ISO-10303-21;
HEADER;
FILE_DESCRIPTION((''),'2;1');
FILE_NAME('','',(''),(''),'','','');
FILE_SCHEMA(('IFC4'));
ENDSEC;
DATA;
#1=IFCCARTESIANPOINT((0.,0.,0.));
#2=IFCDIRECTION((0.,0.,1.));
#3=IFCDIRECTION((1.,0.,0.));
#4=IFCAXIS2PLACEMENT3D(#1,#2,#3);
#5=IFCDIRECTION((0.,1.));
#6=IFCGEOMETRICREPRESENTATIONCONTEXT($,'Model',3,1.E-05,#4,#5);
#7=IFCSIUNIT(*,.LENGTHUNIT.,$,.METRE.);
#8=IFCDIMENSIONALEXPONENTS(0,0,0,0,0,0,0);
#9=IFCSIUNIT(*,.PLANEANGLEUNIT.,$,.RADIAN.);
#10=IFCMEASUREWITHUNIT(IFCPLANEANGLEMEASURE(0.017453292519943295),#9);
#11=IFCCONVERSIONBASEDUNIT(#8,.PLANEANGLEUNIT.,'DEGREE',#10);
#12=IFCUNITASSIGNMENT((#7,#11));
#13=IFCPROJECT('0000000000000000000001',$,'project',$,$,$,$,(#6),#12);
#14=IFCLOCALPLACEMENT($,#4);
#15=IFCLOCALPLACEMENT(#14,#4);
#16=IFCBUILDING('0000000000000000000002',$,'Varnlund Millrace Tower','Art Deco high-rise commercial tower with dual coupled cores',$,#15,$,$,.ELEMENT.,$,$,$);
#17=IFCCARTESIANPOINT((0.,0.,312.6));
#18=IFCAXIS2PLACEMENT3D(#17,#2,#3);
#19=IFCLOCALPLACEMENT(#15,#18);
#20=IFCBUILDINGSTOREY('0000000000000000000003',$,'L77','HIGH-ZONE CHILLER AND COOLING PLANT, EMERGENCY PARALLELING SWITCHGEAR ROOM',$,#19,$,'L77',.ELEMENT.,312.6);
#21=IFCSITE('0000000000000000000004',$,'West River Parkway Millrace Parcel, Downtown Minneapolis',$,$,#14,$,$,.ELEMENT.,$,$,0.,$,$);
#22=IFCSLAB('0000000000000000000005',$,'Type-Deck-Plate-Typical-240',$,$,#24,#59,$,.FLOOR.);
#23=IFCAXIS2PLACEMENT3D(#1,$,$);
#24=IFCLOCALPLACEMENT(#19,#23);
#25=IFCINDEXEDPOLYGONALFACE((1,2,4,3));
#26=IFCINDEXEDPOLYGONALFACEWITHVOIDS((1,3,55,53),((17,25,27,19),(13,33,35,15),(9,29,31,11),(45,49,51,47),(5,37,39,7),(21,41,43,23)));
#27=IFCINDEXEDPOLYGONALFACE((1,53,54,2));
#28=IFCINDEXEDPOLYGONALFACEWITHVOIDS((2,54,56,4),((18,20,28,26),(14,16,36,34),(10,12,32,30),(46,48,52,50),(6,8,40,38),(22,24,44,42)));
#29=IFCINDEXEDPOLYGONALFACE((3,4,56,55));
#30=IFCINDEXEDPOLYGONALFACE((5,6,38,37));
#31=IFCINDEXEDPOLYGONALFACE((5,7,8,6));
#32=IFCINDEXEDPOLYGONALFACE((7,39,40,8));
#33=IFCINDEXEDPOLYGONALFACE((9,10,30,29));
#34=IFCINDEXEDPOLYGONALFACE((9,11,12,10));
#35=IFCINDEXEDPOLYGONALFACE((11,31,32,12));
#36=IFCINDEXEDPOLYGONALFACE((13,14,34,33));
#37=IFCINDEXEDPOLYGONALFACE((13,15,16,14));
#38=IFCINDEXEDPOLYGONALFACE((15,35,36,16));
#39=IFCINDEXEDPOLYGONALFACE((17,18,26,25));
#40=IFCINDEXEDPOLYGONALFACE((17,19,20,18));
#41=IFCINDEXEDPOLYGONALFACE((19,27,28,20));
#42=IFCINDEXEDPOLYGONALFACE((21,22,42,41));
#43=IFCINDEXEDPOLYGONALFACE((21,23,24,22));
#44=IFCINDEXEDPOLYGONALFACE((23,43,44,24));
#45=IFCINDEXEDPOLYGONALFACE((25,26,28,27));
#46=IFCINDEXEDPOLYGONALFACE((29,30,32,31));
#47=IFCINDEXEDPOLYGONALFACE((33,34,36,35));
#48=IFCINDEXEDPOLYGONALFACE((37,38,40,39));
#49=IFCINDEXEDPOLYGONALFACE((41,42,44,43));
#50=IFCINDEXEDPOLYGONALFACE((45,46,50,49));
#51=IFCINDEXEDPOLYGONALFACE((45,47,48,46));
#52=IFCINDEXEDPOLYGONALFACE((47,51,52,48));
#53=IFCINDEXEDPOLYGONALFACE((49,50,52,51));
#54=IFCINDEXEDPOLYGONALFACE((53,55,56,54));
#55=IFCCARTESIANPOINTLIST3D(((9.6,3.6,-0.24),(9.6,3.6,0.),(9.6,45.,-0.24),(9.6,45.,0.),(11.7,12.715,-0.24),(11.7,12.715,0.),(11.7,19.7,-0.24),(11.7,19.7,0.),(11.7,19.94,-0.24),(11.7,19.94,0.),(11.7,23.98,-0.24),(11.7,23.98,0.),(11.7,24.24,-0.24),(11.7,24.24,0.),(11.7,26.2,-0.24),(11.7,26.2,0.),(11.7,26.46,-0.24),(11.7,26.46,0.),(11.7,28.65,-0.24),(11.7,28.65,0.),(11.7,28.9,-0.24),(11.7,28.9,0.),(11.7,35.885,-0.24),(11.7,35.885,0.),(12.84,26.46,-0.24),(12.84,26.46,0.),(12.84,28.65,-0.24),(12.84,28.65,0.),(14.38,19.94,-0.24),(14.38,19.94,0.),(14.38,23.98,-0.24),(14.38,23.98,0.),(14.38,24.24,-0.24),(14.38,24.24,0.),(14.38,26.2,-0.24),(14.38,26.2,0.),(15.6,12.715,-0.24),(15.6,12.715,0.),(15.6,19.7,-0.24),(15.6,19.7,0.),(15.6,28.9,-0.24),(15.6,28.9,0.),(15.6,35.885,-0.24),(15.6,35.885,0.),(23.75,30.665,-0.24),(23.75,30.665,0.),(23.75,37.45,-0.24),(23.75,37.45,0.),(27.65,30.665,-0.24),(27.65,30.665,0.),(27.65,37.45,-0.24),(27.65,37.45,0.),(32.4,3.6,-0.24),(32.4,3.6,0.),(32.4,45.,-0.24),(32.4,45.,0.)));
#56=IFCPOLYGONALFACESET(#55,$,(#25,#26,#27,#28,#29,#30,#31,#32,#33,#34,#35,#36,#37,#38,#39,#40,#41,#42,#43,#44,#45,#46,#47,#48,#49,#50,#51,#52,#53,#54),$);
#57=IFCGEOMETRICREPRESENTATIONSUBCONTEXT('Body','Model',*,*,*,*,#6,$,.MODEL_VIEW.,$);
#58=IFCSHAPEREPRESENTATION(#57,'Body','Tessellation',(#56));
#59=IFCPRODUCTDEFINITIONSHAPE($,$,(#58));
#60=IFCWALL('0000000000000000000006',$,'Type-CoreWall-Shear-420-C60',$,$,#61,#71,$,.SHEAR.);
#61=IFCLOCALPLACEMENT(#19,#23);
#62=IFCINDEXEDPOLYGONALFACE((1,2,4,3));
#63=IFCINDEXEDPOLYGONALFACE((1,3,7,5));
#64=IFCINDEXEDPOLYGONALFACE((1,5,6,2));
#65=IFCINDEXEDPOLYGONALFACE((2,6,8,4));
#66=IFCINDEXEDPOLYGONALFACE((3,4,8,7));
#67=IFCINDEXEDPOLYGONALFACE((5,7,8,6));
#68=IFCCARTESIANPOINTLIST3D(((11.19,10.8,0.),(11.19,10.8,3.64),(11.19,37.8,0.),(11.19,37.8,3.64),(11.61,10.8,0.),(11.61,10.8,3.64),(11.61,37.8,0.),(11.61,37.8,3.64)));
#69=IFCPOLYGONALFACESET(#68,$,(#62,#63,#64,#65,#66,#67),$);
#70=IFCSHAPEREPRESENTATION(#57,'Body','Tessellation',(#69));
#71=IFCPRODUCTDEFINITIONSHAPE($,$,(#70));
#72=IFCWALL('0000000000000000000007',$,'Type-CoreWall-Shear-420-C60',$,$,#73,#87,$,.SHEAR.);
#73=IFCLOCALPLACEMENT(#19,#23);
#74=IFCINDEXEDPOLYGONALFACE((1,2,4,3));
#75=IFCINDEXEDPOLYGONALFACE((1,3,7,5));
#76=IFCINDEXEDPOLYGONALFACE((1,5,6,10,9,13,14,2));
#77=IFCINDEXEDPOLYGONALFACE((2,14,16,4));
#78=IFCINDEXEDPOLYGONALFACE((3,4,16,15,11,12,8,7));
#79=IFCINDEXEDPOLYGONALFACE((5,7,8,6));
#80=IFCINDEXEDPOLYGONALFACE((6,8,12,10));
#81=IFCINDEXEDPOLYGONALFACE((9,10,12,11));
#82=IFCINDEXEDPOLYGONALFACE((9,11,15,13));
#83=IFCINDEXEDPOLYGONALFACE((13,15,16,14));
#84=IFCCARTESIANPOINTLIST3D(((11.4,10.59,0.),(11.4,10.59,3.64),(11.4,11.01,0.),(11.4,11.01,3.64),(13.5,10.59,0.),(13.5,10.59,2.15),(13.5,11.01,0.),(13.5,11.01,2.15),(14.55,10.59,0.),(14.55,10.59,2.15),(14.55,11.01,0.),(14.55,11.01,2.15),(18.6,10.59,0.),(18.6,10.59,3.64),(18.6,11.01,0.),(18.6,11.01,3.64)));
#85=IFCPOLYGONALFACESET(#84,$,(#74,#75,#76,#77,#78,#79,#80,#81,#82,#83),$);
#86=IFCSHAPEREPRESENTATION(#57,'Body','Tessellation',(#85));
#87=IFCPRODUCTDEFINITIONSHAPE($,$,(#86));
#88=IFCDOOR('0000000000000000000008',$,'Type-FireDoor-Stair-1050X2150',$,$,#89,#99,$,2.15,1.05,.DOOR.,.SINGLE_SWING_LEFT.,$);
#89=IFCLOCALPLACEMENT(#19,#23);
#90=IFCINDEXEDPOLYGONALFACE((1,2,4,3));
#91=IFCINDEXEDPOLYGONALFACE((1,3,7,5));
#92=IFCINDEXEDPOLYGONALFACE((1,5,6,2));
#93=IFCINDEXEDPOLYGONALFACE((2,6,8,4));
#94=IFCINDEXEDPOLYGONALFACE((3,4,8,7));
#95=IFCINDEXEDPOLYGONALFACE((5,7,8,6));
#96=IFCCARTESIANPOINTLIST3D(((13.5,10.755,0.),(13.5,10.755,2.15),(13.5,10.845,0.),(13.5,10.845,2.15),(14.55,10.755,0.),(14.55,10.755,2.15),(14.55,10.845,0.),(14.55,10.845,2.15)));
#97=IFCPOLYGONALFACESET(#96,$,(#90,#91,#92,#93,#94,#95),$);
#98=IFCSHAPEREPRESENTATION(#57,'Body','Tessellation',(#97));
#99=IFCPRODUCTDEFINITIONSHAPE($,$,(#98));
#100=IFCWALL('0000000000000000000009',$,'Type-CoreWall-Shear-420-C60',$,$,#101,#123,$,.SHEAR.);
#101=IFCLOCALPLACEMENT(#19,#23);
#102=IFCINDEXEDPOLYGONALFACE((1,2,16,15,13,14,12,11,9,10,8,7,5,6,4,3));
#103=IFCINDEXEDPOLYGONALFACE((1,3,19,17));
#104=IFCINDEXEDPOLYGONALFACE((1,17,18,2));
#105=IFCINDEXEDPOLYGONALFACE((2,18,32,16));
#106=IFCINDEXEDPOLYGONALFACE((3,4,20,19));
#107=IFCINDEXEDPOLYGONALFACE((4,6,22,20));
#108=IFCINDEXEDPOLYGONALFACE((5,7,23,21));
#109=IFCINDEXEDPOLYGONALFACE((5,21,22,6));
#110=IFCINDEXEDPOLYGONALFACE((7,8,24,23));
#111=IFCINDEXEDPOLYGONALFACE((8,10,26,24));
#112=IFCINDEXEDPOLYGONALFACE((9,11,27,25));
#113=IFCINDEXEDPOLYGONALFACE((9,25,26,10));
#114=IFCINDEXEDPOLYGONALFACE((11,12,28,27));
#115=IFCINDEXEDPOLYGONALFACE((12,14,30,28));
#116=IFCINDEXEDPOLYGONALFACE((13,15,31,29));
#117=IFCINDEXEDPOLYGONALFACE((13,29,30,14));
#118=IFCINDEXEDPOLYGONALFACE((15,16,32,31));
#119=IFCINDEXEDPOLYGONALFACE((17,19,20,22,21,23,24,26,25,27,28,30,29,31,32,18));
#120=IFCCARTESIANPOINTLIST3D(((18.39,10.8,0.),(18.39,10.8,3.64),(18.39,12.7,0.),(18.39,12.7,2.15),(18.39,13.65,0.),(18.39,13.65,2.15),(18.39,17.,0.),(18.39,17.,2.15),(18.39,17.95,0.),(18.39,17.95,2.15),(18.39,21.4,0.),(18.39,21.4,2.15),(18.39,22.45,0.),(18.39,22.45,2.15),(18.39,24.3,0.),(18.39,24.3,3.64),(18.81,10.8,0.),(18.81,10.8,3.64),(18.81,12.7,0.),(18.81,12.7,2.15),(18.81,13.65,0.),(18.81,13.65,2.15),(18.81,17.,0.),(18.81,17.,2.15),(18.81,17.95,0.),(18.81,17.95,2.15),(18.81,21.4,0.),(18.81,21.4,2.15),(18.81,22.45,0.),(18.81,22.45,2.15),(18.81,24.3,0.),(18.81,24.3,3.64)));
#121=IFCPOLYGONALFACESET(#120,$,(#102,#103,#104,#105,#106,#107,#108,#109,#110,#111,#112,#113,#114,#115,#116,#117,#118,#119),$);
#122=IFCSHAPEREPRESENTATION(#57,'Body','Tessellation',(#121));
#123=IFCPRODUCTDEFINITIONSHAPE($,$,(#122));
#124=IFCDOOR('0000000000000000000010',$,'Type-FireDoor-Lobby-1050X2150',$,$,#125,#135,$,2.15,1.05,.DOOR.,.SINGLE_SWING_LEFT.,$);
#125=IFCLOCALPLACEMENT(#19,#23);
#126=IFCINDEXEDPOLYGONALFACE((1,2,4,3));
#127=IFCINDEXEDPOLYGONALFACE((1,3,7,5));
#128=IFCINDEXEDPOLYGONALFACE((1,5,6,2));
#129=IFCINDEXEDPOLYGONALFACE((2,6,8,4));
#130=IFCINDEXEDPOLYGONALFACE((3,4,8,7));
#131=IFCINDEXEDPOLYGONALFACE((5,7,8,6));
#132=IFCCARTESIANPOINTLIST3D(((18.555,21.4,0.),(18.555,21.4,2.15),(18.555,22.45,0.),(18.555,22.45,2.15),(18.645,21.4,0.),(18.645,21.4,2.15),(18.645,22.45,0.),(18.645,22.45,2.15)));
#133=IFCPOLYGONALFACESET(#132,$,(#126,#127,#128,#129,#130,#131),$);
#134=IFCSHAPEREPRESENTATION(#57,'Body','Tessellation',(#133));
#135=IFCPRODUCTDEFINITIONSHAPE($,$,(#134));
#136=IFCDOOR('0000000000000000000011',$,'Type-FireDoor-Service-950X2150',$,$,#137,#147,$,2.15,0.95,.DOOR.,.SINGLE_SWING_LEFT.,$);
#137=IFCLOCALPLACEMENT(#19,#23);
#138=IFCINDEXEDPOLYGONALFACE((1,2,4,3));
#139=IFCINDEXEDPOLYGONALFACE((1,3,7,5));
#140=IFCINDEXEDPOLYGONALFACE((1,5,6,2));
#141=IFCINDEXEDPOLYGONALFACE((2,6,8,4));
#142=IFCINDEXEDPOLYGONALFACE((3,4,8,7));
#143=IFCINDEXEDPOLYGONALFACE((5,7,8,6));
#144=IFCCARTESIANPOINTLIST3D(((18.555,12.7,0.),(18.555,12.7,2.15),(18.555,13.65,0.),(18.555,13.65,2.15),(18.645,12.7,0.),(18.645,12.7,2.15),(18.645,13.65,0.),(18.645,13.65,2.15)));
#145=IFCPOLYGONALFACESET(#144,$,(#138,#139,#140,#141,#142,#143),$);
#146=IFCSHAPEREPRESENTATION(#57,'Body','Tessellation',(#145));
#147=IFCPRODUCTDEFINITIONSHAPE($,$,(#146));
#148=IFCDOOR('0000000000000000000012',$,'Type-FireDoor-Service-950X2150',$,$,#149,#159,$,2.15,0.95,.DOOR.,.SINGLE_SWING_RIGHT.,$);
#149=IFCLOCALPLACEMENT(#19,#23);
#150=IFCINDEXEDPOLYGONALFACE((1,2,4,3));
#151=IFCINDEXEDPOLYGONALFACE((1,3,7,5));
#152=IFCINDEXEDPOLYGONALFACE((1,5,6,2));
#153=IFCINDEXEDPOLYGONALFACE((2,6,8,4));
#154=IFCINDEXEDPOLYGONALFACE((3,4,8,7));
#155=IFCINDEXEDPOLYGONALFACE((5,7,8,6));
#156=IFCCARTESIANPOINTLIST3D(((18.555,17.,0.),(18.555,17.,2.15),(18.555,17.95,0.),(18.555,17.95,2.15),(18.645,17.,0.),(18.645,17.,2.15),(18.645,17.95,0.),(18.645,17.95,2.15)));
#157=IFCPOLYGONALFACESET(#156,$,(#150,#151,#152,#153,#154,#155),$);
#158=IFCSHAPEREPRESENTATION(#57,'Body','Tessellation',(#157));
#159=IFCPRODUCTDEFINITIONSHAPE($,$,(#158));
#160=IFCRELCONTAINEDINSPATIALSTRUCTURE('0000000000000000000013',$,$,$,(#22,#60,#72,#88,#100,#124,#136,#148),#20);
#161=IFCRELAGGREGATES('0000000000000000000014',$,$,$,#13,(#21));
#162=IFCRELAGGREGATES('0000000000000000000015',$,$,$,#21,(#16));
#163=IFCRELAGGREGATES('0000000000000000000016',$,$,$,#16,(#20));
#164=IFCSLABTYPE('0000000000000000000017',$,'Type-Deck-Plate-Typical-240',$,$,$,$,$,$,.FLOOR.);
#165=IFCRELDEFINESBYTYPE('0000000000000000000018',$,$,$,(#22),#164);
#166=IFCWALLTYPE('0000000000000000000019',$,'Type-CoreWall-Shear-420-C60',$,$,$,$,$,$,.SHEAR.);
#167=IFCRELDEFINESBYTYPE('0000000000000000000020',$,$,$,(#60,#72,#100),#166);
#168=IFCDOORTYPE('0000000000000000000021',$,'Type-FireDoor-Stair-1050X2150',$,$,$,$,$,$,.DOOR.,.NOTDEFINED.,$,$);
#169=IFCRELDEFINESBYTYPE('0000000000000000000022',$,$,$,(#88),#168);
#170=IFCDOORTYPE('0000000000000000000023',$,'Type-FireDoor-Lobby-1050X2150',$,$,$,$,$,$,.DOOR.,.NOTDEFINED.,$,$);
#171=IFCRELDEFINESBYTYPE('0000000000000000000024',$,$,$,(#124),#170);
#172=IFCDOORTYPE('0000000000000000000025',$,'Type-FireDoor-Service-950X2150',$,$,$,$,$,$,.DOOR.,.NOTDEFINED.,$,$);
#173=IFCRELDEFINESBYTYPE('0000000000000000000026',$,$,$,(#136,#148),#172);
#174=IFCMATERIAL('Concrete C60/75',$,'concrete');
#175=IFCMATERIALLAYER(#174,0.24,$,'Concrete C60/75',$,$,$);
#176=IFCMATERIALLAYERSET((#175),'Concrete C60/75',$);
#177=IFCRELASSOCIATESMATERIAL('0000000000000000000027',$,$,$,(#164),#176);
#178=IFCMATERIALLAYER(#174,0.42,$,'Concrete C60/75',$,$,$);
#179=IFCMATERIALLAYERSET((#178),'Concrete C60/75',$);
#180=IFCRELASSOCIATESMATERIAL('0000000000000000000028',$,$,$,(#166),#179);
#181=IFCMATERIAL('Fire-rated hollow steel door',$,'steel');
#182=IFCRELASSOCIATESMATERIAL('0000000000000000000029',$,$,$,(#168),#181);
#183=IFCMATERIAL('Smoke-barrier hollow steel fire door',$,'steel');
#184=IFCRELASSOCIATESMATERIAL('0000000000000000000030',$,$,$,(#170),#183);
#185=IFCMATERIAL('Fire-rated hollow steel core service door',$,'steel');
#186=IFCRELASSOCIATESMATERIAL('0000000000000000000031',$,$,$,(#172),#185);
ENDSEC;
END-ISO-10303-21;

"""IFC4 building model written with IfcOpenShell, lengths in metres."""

from ifc_helpers import new_model, entity, si_unit, converted_unit, direction, frame, origin_with_axes, origin_2d_with_axis, place, context, subcontext, project, spatial, polyline, rectangle, outline, extrude, material, layer, layer_set, type_object, element, fill, save


model = new_model("IFC4")

# Units and contexts
model_context = context("Model", 3, precision=1e-05, world=origin_with_axes(), true_north=direction((0.0, 1.0)))
body_context = subcontext(model_context, "Body", "Model", "MODEL_VIEW")
ifc_project = project(units=[si_unit("LENGTHUNIT", "METRE"), converted_unit("PLANEANGLEUNIT", "DEGREE", entity("IfcPlaneAngleMeasure", 0.017453292519943295), si_unit("PLANEANGLEUNIT", "RADIAN"), dimensions=[0, 0, 0, 0, 0, 0, 0])], contexts=[model_context])

# Site, building, storey
site_placement = place(None, origin_with_axes())
site = spatial("IfcSite", under=ifc_project, at=site_placement, Name="West River Parkway Millrace Parcel, Downtown Minneapolis", CompositionType="ELEMENT", RefElevation=0.0)
building_placement = place(site_placement, origin_with_axes())
building = spatial("IfcBuilding", under=site, at=building_placement, Name="Varnlund Millrace Tower", Description="Art Deco high-rise commercial tower with dual coupled cores", CompositionType="ELEMENT")
storey_placement = place(building_placement, frame((0.0, 0.0, 312.6), z_axis=(0.0, 0.0, 1.0), x_axis=(1.0, 0.0, 0.0)))
storey = spatial("IfcBuildingStorey", under=building, at=storey_placement, Name="L77", Description="HIGH-ZONE CHILLER AND COOLING PLANT, EMERGENCY PARALLELING SWITCHGEAR ROOM", LongName="L77", CompositionType="ELEMENT", Elevation=312.6)

# Slab
ifc_material_1 = material(Name="Concrete C60/75", Category="concrete")
ifc_layer_1 = layer(ifc_material_1, 0.24, Name="Concrete C60/75")
ifc_layer_set_1 = layer_set([ifc_layer_1], Name="Concrete C60/75")
slab_type = type_object("IfcSlabType", Name="Type-Deck-Plate-Typical-240", PredefinedType="FLOOR", material=ifc_layer_set_1)
slab_placement = place(storey_placement, frame((0.0, 0.0, -0.24), z_axis=(0.0, 0.0, 1.0), x_axis=(1.0, 0.0, 0.0)))
element("IfcSlab", 1, at=slab_placement, inside=storey, type_object=slab_type, Name="Type-Deck-Plate-Typical-240", PredefinedType="FLOOR", context=body_context, shape_type="SweptSolid", body=[
    extrude(outline(polyline([(32.4, 3.6), (32.4, 45.0), (9.6, 45.0), (9.6, 3.6), (32.4, 3.6)]), holes=[polyline([(11.7, 19.7), (15.6, 19.7), (15.6, 12.715), (11.7, 12.715), (11.7, 19.7)]), polyline([(11.7, 19.94), (11.7, 23.98), (14.38, 23.98), (14.38, 19.94), (11.7, 19.94)]), polyline([(14.38, 26.2), (14.38, 24.24), (11.7, 24.24), (11.7, 26.2), (14.38, 26.2)]), polyline([(12.84, 28.65), (12.84, 26.46), (11.7, 26.46), (11.7, 28.65), (12.84, 28.65)]), polyline([(15.6, 35.885), (15.6, 28.9), (11.7, 28.9), (11.7, 35.885), (15.6, 35.885)]), polyline([(27.65, 37.45), (27.65, 30.665), (23.75, 30.665), (23.75, 37.45), (27.65, 37.45)])]), origin_with_axes(), (0.0, 0.0, 1.0), 0.24),
])

# Wall
ifc_layer_2 = layer(ifc_material_1, 0.42, Name="Concrete C60/75")
ifc_layer_set_2 = layer_set([ifc_layer_2], Name="Concrete C60/75")
wall_type_1 = type_object("IfcWallType", Name="Type-CoreWall-Shear-420-C60", PredefinedType="SHEAR", material=ifc_layer_set_2)
wall_1_placement = place(storey_placement, frame((11.4, 10.8, 0.0), z_axis=(0.0, 0.0, 1.0), x_axis=(0.0, 1.0, 0.0)))
element("IfcWall", 2, at=wall_1_placement, inside=storey, type_object=wall_type_1, Name="Type-CoreWall-Shear-420-C60", PredefinedType="SHEAR", context=body_context, shape_type="SweptSolid", body=[
    extrude(outline(polyline([(0.0, -0.21), (27.0, -0.21), (27.0, 0.21), (0.0, 0.21), (0.0, -0.21)])), origin_with_axes(), (0.0, 0.0, 1.0), 3.64),
])

# Wall, opening, door
wall_2_placement = place(storey_placement, frame((11.4, 10.8, 0.0), z_axis=(0.0, 0.0, 1.0), x_axis=(1.0, 0.0, 0.0)))
wall_2 = element("IfcWall", 3, at=wall_2_placement, inside=storey, type_object=wall_type_1, Name="Type-CoreWall-Shear-420-C60", PredefinedType="SHEAR", context=body_context, shape_type="SweptSolid", body=[
    extrude(outline(polyline([(0.0, -0.21), (7.2, -0.21), (7.2, 0.21), (0.0, 0.21), (0.0, -0.21)])), origin_with_axes(), (0.0, 0.0, 1.0), 3.64),
])
opening_1_placement = place(wall_2_placement, frame((2.625, 0.0, 0.0), z_axis=(0.0, 0.0, 1.0), x_axis=(1.0, 0.0, 0.0)))
opening_1 = element("IfcOpeningElement", 4, at=opening_1_placement, cuts=wall_2, PredefinedType="OPENING", context=body_context, shape_type="SweptSolid", body=[
    extrude(rectangle(XDim=1.05, YDim=0.44, at=origin_2d_with_axis()), origin_with_axes(), (0.0, 0.0, 1.0), 2.15),
])
ifc_material_2 = material(Name="Fire-rated hollow steel door", Category="steel")
door_type_1 = type_object("IfcDoorType", Name="Type-FireDoor-Stair-1050X2150", OperationType="NOTDEFINED", PredefinedType="DOOR", material=ifc_material_2)
door_1_placement = place(wall_2_placement, frame((2.625, 0.0, 0.0), z_axis=(0.0, 0.0, 1.0), x_axis=(1.0, 0.0, 0.0)))
door_1 = element("IfcDoor", 5, at=door_1_placement, inside=storey, type_object=door_type_1, Name="Type-FireDoor-Stair-1050X2150", OperationType="SINGLE_SWING_LEFT", OverallHeight=2.15, OverallWidth=1.05, PredefinedType="DOOR", context=body_context, shape_type="SweptSolid", body=[
    extrude(rectangle(XDim=1.05, YDim=0.09, at=origin_2d_with_axis()), origin_with_axes(), (0.0, 0.0, 1.0), 2.15),
])
fill(opening_1, door_1)

# Wall, openings, doors
wall_3_placement = place(storey_placement, frame((18.6, 10.8, 0.0), z_axis=(0.0, 0.0, 1.0), x_axis=(0.0, 1.0, 0.0)))
wall_3 = element("IfcWall", 6, at=wall_3_placement, inside=storey, type_object=wall_type_1, Name="Type-CoreWall-Shear-420-C60", PredefinedType="SHEAR", context=body_context, shape_type="SweptSolid", body=[
    extrude(outline(polyline([(0.0, -0.21), (13.5, -0.21), (13.5, 0.21), (0.0, 0.21), (0.0, -0.21)])), origin_with_axes(), (0.0, 0.0, 1.0), 3.64),
])
opening_2_placement = place(wall_3_placement, frame((11.125, 0.0, 0.0), z_axis=(0.0, 0.0, 1.0), x_axis=(1.0, 0.0, 0.0)))
opening_2 = element("IfcOpeningElement", 7, at=opening_2_placement, cuts=wall_3, PredefinedType="OPENING", context=body_context, shape_type="SweptSolid", body=[
    extrude(rectangle(XDim=1.05, YDim=0.44, at=origin_2d_with_axis()), origin_with_axes(), (0.0, 0.0, 1.0), 2.15),
])
opening_3_placement = place(wall_3_placement, frame((2.375, 0.0, 0.0), z_axis=(0.0, 0.0, 1.0), x_axis=(1.0, 0.0, 0.0)))
opening_3 = element("IfcOpeningElement", 8, at=opening_3_placement, cuts=wall_3, PredefinedType="OPENING", context=body_context, shape_type="SweptSolid", body=[
    extrude(rectangle(XDim=0.95, YDim=0.44, at=origin_2d_with_axis()), origin_with_axes(), (0.0, 0.0, 1.0), 2.15),
])
opening_4_placement = place(wall_3_placement, frame((6.675, 0.0, 0.0), z_axis=(0.0, 0.0, 1.0), x_axis=(1.0, 0.0, 0.0)))
opening_4 = element("IfcOpeningElement", 9, at=opening_4_placement, cuts=wall_3, PredefinedType="OPENING", context=body_context, shape_type="SweptSolid", body=[
    extrude(rectangle(XDim=0.95, YDim=0.44, at=origin_2d_with_axis()), origin_with_axes(), (0.0, 0.0, 1.0), 2.15),
])
ifc_material_3 = material(Name="Smoke-barrier hollow steel fire door", Category="steel")
door_type_2 = type_object("IfcDoorType", Name="Type-FireDoor-Lobby-1050X2150", OperationType="NOTDEFINED", PredefinedType="DOOR", material=ifc_material_3)
door_2_placement = place(wall_3_placement, frame((11.125, 0.0, 0.0), z_axis=(0.0, 0.0, 1.0), x_axis=(1.0, 0.0, 0.0)))
door_2 = element("IfcDoor", 10, at=door_2_placement, inside=storey, type_object=door_type_2, Name="Type-FireDoor-Lobby-1050X2150", OperationType="SINGLE_SWING_LEFT", OverallHeight=2.15, OverallWidth=1.05, PredefinedType="DOOR", context=body_context, shape_type="SweptSolid", body=[
    extrude(rectangle(XDim=1.05, YDim=0.09, at=origin_2d_with_axis()), origin_with_axes(), (0.0, 0.0, 1.0), 2.15),
])
fill(opening_2, door_2)
ifc_material_4 = material(Name="Fire-rated hollow steel core service door", Category="steel")
door_type_3 = type_object("IfcDoorType", Name="Type-FireDoor-Service-950X2150", OperationType="NOTDEFINED", PredefinedType="DOOR", material=ifc_material_4)
door_3_placement = place(wall_3_placement, frame((2.375, 0.0, 0.0), z_axis=(0.0, 0.0, 1.0), x_axis=(1.0, 0.0, 0.0)))
door_3 = element("IfcDoor", 11, at=door_3_placement, inside=storey, type_object=door_type_3, Name="Type-FireDoor-Service-950X2150", OperationType="SINGLE_SWING_LEFT", OverallHeight=2.15, OverallWidth=0.95, PredefinedType="DOOR", context=body_context, shape_type="SweptSolid", body=[
    extrude(rectangle(XDim=0.95, YDim=0.09, at=origin_2d_with_axis()), origin_with_axes(), (0.0, 0.0, 1.0), 2.15),
])
fill(opening_3, door_3)
door_4_placement = place(wall_3_placement, frame((6.675, 0.0, 0.0), z_axis=(0.0, 0.0, 1.0), x_axis=(1.0, 0.0, 0.0)))
door_4 = element("IfcDoor", 12, at=door_4_placement, inside=storey, type_object=door_type_3, Name="Type-FireDoor-Service-950X2150", OperationType="SINGLE_SWING_RIGHT", OverallHeight=2.15, OverallWidth=0.95, PredefinedType="DOOR", context=body_context, shape_type="SweptSolid", body=[
    extrude(rectangle(XDim=0.95, YDim=0.09, at=origin_2d_with_axis()), origin_with_axes(), (0.0, 0.0, 1.0), 2.15),
])
fill(opening_4, door_4)

save(model, "model.ifc")
